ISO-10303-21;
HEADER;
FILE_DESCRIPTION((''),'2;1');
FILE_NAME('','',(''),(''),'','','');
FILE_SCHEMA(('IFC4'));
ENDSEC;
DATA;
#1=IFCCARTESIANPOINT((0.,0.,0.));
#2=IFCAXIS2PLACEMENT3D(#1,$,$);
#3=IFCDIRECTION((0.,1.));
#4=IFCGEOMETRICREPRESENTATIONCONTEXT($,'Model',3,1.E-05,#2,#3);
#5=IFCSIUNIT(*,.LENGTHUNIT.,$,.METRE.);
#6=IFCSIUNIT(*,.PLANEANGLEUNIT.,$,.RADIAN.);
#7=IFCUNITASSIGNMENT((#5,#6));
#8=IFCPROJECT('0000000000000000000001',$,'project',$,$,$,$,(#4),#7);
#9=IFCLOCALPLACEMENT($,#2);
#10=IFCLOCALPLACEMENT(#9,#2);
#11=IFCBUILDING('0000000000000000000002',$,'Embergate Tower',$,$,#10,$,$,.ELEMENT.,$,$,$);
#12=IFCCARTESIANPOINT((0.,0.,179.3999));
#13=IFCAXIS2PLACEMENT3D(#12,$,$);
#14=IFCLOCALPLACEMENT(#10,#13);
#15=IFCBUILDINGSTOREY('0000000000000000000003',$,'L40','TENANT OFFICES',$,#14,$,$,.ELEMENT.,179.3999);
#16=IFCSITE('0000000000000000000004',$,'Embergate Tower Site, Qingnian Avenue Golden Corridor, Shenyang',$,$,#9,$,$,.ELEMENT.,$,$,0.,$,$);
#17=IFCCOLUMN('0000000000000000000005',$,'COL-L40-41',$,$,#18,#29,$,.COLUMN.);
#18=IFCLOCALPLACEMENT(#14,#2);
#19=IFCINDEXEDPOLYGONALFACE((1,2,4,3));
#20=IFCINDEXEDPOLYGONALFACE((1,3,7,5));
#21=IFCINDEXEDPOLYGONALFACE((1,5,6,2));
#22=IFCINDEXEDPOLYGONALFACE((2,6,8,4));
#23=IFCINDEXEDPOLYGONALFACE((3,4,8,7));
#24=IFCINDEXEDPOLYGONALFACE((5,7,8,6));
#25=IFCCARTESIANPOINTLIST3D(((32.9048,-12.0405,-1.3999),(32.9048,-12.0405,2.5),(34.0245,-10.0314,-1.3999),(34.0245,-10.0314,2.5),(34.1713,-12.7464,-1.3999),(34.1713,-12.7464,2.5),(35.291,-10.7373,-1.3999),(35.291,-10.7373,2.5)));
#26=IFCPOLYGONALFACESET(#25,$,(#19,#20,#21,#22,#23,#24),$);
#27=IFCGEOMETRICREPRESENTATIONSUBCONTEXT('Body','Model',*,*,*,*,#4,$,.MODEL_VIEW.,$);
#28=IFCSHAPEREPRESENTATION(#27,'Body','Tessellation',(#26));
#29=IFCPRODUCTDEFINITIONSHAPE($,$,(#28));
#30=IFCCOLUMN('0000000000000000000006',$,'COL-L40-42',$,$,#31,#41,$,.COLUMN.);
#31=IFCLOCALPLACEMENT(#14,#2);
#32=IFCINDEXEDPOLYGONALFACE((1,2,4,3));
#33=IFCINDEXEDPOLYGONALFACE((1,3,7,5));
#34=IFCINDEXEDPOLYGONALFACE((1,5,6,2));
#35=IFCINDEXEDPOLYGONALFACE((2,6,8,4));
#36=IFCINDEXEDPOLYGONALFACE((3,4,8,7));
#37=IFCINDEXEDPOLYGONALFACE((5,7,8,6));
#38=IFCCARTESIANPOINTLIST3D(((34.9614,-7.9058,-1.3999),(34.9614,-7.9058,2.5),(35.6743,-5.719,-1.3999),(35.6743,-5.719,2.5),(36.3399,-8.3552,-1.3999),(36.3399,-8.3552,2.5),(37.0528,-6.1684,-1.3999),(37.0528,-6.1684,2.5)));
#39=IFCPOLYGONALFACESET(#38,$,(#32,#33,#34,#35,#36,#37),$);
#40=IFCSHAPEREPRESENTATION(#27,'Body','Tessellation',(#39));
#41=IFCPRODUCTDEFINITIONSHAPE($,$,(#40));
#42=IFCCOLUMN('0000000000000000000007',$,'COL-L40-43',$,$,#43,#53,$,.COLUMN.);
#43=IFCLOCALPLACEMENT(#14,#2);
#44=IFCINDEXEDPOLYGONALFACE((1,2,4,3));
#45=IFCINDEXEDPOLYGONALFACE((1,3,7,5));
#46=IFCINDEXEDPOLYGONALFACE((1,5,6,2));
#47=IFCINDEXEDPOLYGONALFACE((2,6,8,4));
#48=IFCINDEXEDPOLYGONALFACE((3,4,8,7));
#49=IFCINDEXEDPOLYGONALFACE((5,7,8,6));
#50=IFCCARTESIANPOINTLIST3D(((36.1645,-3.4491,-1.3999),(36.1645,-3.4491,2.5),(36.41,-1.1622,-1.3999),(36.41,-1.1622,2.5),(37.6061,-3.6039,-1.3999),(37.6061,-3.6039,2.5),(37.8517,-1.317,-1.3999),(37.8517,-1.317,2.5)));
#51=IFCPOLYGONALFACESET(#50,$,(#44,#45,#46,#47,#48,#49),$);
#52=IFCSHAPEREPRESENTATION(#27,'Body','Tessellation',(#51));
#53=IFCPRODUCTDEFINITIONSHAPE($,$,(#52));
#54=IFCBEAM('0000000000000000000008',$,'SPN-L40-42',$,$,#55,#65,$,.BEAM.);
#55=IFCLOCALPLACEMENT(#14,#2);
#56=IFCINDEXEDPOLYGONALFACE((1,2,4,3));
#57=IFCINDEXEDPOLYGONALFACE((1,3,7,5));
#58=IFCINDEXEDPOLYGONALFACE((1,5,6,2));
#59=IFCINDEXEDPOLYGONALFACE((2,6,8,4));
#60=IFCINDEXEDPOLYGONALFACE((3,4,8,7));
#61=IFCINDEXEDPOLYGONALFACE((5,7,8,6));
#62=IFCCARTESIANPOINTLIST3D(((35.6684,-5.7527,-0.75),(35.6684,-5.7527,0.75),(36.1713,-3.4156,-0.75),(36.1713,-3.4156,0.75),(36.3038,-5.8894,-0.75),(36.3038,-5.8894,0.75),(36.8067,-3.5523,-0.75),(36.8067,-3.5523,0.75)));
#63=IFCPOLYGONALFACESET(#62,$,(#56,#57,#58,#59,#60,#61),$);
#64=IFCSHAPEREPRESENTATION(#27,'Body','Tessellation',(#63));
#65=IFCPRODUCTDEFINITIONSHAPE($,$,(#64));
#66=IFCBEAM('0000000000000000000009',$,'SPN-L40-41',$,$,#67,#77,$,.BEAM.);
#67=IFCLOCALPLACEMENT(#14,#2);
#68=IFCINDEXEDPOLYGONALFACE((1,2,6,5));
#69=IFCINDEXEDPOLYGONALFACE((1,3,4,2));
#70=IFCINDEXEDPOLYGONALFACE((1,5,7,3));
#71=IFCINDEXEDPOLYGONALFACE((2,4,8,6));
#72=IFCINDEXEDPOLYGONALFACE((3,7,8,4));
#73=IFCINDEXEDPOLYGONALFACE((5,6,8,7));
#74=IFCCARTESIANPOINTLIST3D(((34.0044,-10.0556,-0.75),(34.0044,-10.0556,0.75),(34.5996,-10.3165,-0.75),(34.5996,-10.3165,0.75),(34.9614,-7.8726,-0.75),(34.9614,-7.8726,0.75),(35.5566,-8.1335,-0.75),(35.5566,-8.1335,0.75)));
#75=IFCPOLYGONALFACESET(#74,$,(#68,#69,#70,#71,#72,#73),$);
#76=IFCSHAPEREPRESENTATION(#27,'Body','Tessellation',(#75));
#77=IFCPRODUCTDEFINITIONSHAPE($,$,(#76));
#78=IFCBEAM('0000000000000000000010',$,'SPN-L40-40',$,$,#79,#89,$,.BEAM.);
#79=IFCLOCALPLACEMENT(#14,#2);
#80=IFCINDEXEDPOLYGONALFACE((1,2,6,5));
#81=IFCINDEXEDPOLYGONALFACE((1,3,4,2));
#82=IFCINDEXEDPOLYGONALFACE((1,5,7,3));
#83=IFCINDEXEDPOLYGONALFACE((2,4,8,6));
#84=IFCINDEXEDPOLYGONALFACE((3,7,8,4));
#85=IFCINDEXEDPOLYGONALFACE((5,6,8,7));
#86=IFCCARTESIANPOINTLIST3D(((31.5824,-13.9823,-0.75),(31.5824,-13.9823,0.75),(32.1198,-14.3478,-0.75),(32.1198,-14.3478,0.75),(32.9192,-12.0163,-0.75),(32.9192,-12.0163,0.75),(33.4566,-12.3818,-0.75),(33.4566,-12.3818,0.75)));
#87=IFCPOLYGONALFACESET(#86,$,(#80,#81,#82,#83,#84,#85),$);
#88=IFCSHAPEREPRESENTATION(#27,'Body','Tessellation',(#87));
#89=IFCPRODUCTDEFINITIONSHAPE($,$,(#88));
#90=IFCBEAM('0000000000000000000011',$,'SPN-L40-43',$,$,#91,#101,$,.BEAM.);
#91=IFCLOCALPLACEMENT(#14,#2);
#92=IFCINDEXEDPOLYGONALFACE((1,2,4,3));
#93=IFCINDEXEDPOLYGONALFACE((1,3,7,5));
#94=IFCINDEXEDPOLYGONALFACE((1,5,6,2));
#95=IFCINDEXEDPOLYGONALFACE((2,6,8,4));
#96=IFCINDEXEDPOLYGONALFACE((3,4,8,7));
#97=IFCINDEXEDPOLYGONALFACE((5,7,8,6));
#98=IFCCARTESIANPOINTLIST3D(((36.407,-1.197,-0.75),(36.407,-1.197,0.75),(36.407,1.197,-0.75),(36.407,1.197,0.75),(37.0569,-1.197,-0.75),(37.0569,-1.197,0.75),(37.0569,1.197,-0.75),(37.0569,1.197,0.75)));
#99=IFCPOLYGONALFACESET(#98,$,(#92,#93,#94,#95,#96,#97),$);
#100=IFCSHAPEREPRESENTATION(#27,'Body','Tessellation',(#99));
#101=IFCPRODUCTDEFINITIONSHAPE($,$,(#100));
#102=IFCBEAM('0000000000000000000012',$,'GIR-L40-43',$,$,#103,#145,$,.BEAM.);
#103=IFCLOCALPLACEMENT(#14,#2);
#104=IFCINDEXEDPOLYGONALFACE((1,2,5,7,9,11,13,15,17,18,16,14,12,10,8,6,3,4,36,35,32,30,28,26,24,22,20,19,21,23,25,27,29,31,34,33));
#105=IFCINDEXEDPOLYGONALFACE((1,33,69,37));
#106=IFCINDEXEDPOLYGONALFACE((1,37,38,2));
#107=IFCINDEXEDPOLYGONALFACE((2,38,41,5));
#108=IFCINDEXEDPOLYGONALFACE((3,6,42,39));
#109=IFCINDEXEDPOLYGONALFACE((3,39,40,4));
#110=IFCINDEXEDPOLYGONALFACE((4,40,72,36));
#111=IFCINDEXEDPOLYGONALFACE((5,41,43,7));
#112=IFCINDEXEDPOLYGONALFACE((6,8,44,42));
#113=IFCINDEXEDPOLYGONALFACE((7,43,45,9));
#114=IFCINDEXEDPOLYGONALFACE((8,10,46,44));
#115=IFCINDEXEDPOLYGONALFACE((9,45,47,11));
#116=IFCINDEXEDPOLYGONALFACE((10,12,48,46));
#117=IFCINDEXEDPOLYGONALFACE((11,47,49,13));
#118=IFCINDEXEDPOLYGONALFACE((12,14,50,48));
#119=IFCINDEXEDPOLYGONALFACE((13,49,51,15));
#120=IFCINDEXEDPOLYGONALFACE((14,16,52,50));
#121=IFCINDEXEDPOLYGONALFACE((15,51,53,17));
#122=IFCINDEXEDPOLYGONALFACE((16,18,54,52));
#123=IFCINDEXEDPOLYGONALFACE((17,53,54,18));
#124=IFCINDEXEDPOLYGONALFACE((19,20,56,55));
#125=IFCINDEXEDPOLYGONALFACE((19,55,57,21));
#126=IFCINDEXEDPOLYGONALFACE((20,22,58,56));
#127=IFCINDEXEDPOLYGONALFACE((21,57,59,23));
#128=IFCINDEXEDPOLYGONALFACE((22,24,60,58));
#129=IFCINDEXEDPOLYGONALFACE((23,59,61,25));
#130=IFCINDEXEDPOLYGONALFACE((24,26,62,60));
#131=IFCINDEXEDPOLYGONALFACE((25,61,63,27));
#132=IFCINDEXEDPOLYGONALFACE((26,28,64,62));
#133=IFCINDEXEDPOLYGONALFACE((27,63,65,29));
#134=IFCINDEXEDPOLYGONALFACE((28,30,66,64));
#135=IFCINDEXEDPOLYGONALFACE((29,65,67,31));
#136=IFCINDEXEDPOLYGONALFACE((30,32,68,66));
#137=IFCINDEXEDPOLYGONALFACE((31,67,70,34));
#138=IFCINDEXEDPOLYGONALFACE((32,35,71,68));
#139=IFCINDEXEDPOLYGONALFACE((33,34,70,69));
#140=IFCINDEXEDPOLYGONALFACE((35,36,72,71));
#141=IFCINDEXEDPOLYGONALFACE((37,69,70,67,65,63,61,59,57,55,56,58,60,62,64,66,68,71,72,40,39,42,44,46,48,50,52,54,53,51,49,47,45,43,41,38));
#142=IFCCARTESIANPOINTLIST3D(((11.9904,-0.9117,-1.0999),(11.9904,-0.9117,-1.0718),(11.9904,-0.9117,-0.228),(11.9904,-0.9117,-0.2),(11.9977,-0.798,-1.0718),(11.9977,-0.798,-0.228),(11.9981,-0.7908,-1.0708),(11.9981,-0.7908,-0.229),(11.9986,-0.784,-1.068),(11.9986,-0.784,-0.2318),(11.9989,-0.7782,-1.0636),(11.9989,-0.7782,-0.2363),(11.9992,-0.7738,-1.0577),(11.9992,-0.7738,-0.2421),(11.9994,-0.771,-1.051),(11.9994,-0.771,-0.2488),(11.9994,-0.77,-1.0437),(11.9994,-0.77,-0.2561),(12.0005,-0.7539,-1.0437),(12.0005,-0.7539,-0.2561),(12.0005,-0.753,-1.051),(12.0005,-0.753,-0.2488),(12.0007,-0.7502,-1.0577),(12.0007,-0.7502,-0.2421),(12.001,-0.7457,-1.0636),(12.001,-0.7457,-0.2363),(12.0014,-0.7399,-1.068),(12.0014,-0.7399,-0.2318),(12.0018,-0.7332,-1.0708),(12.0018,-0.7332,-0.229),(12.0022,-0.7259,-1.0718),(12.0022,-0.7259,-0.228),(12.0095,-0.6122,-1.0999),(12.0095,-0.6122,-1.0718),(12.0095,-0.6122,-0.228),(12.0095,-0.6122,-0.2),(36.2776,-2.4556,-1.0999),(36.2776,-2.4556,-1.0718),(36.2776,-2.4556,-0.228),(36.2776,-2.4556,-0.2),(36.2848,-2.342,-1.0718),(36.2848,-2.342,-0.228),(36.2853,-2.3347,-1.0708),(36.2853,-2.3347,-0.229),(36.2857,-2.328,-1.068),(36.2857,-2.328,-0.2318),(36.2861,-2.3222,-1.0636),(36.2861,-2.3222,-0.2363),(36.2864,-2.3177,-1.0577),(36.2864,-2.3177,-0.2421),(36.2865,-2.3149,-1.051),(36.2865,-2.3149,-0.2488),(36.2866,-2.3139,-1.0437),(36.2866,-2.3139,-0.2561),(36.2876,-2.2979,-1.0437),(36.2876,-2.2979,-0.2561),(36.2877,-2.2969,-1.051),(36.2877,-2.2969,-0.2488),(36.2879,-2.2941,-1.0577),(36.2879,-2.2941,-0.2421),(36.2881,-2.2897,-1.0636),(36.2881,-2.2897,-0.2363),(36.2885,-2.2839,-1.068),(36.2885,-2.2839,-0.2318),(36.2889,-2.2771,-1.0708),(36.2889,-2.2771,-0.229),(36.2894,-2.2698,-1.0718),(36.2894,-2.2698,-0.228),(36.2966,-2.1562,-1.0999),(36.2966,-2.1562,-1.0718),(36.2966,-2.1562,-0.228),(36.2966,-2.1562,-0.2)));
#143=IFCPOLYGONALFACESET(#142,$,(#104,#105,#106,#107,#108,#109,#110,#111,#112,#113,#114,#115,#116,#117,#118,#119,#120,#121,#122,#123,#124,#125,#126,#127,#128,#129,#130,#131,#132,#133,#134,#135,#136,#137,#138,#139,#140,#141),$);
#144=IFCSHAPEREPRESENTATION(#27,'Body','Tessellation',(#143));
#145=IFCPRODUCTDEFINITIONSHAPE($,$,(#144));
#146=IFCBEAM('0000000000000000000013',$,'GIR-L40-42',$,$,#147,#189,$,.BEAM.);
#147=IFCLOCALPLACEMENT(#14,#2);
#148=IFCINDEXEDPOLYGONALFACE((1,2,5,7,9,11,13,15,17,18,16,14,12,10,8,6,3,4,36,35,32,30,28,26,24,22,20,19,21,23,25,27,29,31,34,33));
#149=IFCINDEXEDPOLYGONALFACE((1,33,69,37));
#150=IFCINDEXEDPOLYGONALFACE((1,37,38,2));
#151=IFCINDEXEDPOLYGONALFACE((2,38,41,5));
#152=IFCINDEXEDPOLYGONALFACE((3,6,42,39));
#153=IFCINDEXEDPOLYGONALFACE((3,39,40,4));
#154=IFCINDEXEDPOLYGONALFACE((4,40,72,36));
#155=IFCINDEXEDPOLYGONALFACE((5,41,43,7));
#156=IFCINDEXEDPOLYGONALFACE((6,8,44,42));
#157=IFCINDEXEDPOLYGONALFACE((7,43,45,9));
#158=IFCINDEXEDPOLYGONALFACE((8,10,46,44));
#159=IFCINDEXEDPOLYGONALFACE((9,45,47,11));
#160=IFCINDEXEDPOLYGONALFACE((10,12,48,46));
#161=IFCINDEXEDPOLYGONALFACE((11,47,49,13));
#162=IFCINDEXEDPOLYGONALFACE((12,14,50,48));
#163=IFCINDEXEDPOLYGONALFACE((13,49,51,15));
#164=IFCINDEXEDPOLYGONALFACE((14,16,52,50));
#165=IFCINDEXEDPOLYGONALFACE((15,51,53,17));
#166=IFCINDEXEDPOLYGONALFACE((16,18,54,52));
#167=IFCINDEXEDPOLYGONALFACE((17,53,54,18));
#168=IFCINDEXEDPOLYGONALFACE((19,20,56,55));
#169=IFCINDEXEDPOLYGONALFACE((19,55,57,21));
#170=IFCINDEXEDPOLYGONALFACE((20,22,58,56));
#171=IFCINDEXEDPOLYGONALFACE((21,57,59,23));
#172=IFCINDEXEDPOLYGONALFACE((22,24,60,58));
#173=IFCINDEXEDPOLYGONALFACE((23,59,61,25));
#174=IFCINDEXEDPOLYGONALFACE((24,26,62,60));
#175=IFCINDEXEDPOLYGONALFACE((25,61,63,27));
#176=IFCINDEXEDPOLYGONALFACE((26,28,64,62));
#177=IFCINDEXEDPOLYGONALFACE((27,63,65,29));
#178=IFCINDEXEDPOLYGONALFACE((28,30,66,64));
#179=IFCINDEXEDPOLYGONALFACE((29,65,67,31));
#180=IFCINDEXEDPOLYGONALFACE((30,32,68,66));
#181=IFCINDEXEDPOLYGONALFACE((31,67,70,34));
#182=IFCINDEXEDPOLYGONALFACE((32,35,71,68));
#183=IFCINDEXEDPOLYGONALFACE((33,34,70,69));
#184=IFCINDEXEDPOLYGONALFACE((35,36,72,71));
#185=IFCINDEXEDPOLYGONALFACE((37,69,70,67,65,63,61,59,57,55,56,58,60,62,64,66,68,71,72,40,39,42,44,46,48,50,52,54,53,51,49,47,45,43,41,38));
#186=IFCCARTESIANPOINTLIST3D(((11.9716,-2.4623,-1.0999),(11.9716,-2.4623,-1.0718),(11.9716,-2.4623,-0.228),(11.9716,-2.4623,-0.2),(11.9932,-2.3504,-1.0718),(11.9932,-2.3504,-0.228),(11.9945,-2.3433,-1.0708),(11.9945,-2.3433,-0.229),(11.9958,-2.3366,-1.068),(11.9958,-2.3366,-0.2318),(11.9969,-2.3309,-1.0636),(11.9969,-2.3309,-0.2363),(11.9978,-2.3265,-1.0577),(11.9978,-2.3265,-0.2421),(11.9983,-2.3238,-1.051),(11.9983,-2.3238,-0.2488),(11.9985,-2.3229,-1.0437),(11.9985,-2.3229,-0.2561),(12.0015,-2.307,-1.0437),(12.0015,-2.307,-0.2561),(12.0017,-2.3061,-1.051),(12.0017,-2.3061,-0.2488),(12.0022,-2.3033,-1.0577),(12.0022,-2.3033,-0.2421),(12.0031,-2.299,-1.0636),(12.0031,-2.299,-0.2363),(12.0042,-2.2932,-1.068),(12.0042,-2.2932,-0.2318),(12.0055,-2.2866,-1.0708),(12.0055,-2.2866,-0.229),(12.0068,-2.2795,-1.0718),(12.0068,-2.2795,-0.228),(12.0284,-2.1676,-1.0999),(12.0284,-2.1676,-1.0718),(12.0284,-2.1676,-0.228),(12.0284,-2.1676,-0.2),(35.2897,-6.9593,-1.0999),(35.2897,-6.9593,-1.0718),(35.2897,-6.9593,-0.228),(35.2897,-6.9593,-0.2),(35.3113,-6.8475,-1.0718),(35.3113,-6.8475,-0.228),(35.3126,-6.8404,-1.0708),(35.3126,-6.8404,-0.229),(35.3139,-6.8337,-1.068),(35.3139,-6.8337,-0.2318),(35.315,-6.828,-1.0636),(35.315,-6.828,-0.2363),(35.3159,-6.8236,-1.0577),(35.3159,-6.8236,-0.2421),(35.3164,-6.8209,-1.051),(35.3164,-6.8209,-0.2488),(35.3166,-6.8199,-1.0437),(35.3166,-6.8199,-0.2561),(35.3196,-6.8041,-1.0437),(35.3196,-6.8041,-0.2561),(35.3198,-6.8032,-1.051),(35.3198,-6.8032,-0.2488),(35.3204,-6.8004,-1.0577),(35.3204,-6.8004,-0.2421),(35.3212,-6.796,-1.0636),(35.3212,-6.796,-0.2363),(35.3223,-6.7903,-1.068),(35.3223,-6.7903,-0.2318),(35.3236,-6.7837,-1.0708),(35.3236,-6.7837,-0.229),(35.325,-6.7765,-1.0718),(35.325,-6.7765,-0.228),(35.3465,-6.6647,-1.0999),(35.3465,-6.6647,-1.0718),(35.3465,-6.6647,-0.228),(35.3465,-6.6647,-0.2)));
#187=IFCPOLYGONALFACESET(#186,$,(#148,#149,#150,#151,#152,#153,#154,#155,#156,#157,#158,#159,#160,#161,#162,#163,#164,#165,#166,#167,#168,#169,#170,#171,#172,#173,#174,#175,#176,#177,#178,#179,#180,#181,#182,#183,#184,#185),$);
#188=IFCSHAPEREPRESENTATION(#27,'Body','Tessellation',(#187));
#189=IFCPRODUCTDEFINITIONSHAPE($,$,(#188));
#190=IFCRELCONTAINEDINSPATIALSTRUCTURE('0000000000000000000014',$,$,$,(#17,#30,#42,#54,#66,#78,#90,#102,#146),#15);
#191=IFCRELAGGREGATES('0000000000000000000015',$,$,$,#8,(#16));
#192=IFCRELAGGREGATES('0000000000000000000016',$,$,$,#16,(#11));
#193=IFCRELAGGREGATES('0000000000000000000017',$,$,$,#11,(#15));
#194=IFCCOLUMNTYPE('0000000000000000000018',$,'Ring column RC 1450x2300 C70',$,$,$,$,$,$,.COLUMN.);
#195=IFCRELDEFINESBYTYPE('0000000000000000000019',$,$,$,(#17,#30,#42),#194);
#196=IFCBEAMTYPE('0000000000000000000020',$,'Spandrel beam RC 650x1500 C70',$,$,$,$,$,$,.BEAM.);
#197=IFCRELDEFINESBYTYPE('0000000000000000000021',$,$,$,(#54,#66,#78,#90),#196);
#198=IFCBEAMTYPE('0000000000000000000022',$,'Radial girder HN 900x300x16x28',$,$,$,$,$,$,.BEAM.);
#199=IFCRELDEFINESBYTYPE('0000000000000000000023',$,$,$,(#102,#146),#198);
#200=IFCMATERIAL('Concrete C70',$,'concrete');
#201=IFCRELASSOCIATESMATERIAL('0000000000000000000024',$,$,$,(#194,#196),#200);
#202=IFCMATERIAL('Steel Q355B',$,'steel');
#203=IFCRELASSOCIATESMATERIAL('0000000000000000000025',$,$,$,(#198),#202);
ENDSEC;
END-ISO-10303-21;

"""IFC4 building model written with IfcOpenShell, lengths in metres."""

from ifc_helpers import new_model, si_unit, direction, frame, origin, origin_2d, place, context, subcontext, project, spatial, rectangle, i_section, extrude, source, transform, mapped, material, material_profile, profile_set, type_object, element, save


model = new_model("IFC4")

# Units and contexts
model_context = context("Model", 3, precision=1e-05, world=origin(), true_north=direction((0.0, 1.0)))
body_context = subcontext(model_context, "Body", "Model", "MODEL_VIEW")
ifc_project = project(units=[si_unit("LENGTHUNIT", "METRE"), si_unit("PLANEANGLEUNIT", "RADIAN")], contexts=[model_context])

# Site, building, storey
site_placement = place(None, origin())
site = spatial("IfcSite", under=ifc_project, at=site_placement, Name="Embergate Tower Site, Qingnian Avenue Golden Corridor, Shenyang", CompositionType="ELEMENT", RefElevation=0.0)
building_placement = place(site_placement, origin())
building = spatial("IfcBuilding", under=site, at=building_placement, Name="Embergate Tower", CompositionType="ELEMENT")
storey_placement = place(building_placement, frame((0.0, 0.0, 179.3999)))
storey = spatial("IfcBuildingStorey", under=building, at=storey_placement, Name="L40", Description="TENANT OFFICES", CompositionType="ELEMENT", Elevation=179.3999)

# Columns
ifc_material_1 = material(Name="Concrete C70", Category="concrete")
ifc_material_profile_1 = material_profile(ifc_material_1, rectangle(XDim=1.45, YDim=2.3, at=origin_2d()), Name="RC 1450x2300")
ifc_profile_set_1 = profile_set([ifc_material_profile_1], Name="Concrete C70")
column_type = type_object("IfcColumnType", Name="Ring column RC 1450x2300 C70", PredefinedType="COLUMN", material=ifc_profile_set_1)
shared_shape_1 = source(origin(), body_context, "Body", "SweptSolid", [
    extrude(rectangle(XDim=1.45, YDim=2.3, at=origin_2d()), origin(), (0.0, 0.0, 1.0), 3.8999),
])
for number, where, z_axis, x_axis, name in (
    (1, (34.0979, -11.3889, -1.3999), (0.0, 0.0, 1.0), (0.873492, -0.486839, 0.0), "COL-L40-41"),
    (2, (36.0071, -7.0371, -1.3999), (0.0, 0.0, 1.0), (0.950754, -0.309946, 0.0), "COL-L40-42"),
    (3, (37.0081, -2.3831, -1.3999), (0.0, 0.0, 1.0), (0.994286, -0.10675, 0.0), "COL-L40-43"),
):
    element("IfcColumn", number, at=place(storey_placement, frame(where, z_axis=z_axis, x_axis=x_axis)), inside=storey, type_object=column_type, Name=name, PredefinedType="COLUMN", context=body_context, shape_type="MappedRepresentation", body=[
        mapped(shared_shape_1, transform((0.0, 0.0, 0.0))),
    ])

# Beams
ifc_material_profile_2 = material_profile(ifc_material_1, rectangle(XDim=0.6499, YDim=1.5, at=origin_2d()), Name="RC 650x1500")
ifc_profile_set_2 = profile_set([ifc_material_profile_2], Name="Concrete C70")
beam_type_1 = type_object("IfcBeamType", Name="Spandrel beam RC 650x1500 C70", PredefinedType="BEAM", material=ifc_profile_set_2)
shared_shape_2 = source(origin(), body_context, "Body", "SweptSolid", [
    extrude(rectangle(XDim=0.6499, YDim=1.5, at=origin_2d()), origin(), (0.0, 0.0, 1.0), 2.3906),
])
beam_1_placement = place(storey_placement, frame((35.9861, -5.821, 0.0), z_axis=(0.210373, 0.977621, 0.0), x_axis=(-0.977621, 0.210373, 0.0)))
element("IfcBeam", 4, at=beam_1_placement, inside=storey, type_object=beam_type_1, Name="SPN-L40-42", PredefinedType="BEAM", context=body_context, shape_type="MappedRepresentation", body=[
    mapped(shared_shape_2, transform((0.0, 0.0, 0.0))),
])
shared_shape_3 = source(origin(), body_context, "Body", "SweptSolid", [
    extrude(rectangle(XDim=0.6499, YDim=1.5, at=origin_2d()), origin(), (0.0, 0.0, 1.0), 2.3835),
])
beam_2_placement = place(storey_placement, frame((34.302, -10.186, 0.0), z_axis=(0.401496, 0.915861, 0.0), x_axis=(-0.915861, 0.401496, 0.0)))
element("IfcBeam", 5, at=beam_2_placement, inside=storey, type_object=beam_type_1, Name="SPN-L40-41", PredefinedType="BEAM", context=body_context, shape_type="MappedRepresentation", body=[
    mapped(shared_shape_3, transform((0.0, 0.0, 0.0))),
])
shared_shape_4 = source(origin(), body_context, "Body", "SweptSolid", [
    extrude(rectangle(XDim=0.6499, YDim=1.5, at=origin_2d()), origin(), (0.0, 0.0, 1.0), 2.3774),
])
beam_3_placement = place(storey_placement, frame((31.8511, -14.165, 0.0), z_axis=(0.562307, 0.826928, 0.0), x_axis=(-0.826928, 0.562307, 0.0)))
element("IfcBeam", 6, at=beam_3_placement, inside=storey, type_object=beam_type_1, Name="SPN-L40-40", PredefinedType="BEAM", context=body_context, shape_type="MappedRepresentation", body=[
    mapped(shared_shape_4, transform((0.0, 0.0, 0.0))),
])
shared_shape_5 = source(origin(), body_context, "Body", "SweptSolid", [
    extrude(rectangle(XDim=0.6499, YDim=1.5, at=origin_2d()), origin(), (0.0, 0.0, 1.0), 2.394),
])
beam_4_placement = place(storey_placement, frame((36.7319, -1.197, 0.0), z_axis=(0.0, 1.0, 0.0), x_axis=(-1.0, 0.0, 0.0)))
element("IfcBeam", 7, at=beam_4_placement, inside=storey, type_object=beam_type_1, Name="SPN-L40-43", PredefinedType="BEAM", context=body_context, shape_type="MappedRepresentation", body=[
    mapped(shared_shape_5, transform((0.0, 0.0, 0.0))),
])
ifc_material_2 = material(Name="Steel Q355B", Category="steel")
ifc_material_profile_3 = material_profile(ifc_material_2, i_section(OverallWidth=0.3, OverallDepth=0.8999, WebThickness=0.0161, FlangeThickness=0.0281, FilletRadius=0.0281, at=origin_2d()), Name="HN 900x300x16x28")
ifc_profile_set_3 = profile_set([ifc_material_profile_3], Name="Steel Q355 grade B")
beam_type_2 = type_object("IfcBeamType", Name="Radial girder HN 900x300x16x28", PredefinedType="BEAM", material=ifc_profile_set_3)
shared_shape_6 = source(origin(), body_context, "Body", "SweptSolid", [
    extrude(i_section(OverallWidth=0.3, OverallDepth=0.8999, WebThickness=0.0161, FlangeThickness=0.0281, FilletRadius=0.0281, at=origin_2d()), origin(), (0.0, 0.0, 1.0), 24.3362),
])
beam_5_placement = place(storey_placement, frame((36.2871, -2.3059, -0.6499), z_axis=(-0.997985, 0.063443, 0.0), x_axis=(-0.063443, -0.997985, 0.0)))
element("IfcBeam", 8, at=beam_5_placement, inside=storey, type_object=beam_type_2, Name="GIR-L40-43", PredefinedType="BEAM", context=body_context, shape_type="MappedRepresentation", body=[
    mapped(shared_shape_6, transform((0.0, 0.0, 0.0))),
])
shared_shape_7 = source(origin(), body_context, "Body", "SweptSolid", [
    extrude(i_section(OverallWidth=0.3, OverallDepth=0.8999, WebThickness=0.0161, FlangeThickness=0.0281, FilletRadius=0.0281, at=origin_2d()), origin(), (0.0, 0.0, 1.0), 23.7478),
])
beam_6_placement = place(storey_placement, frame((35.3181, -6.812, -0.6499), z_axis=(-0.981906, 0.189368, 0.0), x_axis=(-0.189368, -0.981906, 0.0)))
element("IfcBeam", 9, at=beam_6_placement, inside=storey, type_object=beam_type_2, Name="GIR-L40-42", PredefinedType="BEAM", context=body_context, shape_type="MappedRepresentation", body=[
    mapped(shared_shape_7, transform((0.0, 0.0, 0.0))),
])

save(model, "model.ifc")
